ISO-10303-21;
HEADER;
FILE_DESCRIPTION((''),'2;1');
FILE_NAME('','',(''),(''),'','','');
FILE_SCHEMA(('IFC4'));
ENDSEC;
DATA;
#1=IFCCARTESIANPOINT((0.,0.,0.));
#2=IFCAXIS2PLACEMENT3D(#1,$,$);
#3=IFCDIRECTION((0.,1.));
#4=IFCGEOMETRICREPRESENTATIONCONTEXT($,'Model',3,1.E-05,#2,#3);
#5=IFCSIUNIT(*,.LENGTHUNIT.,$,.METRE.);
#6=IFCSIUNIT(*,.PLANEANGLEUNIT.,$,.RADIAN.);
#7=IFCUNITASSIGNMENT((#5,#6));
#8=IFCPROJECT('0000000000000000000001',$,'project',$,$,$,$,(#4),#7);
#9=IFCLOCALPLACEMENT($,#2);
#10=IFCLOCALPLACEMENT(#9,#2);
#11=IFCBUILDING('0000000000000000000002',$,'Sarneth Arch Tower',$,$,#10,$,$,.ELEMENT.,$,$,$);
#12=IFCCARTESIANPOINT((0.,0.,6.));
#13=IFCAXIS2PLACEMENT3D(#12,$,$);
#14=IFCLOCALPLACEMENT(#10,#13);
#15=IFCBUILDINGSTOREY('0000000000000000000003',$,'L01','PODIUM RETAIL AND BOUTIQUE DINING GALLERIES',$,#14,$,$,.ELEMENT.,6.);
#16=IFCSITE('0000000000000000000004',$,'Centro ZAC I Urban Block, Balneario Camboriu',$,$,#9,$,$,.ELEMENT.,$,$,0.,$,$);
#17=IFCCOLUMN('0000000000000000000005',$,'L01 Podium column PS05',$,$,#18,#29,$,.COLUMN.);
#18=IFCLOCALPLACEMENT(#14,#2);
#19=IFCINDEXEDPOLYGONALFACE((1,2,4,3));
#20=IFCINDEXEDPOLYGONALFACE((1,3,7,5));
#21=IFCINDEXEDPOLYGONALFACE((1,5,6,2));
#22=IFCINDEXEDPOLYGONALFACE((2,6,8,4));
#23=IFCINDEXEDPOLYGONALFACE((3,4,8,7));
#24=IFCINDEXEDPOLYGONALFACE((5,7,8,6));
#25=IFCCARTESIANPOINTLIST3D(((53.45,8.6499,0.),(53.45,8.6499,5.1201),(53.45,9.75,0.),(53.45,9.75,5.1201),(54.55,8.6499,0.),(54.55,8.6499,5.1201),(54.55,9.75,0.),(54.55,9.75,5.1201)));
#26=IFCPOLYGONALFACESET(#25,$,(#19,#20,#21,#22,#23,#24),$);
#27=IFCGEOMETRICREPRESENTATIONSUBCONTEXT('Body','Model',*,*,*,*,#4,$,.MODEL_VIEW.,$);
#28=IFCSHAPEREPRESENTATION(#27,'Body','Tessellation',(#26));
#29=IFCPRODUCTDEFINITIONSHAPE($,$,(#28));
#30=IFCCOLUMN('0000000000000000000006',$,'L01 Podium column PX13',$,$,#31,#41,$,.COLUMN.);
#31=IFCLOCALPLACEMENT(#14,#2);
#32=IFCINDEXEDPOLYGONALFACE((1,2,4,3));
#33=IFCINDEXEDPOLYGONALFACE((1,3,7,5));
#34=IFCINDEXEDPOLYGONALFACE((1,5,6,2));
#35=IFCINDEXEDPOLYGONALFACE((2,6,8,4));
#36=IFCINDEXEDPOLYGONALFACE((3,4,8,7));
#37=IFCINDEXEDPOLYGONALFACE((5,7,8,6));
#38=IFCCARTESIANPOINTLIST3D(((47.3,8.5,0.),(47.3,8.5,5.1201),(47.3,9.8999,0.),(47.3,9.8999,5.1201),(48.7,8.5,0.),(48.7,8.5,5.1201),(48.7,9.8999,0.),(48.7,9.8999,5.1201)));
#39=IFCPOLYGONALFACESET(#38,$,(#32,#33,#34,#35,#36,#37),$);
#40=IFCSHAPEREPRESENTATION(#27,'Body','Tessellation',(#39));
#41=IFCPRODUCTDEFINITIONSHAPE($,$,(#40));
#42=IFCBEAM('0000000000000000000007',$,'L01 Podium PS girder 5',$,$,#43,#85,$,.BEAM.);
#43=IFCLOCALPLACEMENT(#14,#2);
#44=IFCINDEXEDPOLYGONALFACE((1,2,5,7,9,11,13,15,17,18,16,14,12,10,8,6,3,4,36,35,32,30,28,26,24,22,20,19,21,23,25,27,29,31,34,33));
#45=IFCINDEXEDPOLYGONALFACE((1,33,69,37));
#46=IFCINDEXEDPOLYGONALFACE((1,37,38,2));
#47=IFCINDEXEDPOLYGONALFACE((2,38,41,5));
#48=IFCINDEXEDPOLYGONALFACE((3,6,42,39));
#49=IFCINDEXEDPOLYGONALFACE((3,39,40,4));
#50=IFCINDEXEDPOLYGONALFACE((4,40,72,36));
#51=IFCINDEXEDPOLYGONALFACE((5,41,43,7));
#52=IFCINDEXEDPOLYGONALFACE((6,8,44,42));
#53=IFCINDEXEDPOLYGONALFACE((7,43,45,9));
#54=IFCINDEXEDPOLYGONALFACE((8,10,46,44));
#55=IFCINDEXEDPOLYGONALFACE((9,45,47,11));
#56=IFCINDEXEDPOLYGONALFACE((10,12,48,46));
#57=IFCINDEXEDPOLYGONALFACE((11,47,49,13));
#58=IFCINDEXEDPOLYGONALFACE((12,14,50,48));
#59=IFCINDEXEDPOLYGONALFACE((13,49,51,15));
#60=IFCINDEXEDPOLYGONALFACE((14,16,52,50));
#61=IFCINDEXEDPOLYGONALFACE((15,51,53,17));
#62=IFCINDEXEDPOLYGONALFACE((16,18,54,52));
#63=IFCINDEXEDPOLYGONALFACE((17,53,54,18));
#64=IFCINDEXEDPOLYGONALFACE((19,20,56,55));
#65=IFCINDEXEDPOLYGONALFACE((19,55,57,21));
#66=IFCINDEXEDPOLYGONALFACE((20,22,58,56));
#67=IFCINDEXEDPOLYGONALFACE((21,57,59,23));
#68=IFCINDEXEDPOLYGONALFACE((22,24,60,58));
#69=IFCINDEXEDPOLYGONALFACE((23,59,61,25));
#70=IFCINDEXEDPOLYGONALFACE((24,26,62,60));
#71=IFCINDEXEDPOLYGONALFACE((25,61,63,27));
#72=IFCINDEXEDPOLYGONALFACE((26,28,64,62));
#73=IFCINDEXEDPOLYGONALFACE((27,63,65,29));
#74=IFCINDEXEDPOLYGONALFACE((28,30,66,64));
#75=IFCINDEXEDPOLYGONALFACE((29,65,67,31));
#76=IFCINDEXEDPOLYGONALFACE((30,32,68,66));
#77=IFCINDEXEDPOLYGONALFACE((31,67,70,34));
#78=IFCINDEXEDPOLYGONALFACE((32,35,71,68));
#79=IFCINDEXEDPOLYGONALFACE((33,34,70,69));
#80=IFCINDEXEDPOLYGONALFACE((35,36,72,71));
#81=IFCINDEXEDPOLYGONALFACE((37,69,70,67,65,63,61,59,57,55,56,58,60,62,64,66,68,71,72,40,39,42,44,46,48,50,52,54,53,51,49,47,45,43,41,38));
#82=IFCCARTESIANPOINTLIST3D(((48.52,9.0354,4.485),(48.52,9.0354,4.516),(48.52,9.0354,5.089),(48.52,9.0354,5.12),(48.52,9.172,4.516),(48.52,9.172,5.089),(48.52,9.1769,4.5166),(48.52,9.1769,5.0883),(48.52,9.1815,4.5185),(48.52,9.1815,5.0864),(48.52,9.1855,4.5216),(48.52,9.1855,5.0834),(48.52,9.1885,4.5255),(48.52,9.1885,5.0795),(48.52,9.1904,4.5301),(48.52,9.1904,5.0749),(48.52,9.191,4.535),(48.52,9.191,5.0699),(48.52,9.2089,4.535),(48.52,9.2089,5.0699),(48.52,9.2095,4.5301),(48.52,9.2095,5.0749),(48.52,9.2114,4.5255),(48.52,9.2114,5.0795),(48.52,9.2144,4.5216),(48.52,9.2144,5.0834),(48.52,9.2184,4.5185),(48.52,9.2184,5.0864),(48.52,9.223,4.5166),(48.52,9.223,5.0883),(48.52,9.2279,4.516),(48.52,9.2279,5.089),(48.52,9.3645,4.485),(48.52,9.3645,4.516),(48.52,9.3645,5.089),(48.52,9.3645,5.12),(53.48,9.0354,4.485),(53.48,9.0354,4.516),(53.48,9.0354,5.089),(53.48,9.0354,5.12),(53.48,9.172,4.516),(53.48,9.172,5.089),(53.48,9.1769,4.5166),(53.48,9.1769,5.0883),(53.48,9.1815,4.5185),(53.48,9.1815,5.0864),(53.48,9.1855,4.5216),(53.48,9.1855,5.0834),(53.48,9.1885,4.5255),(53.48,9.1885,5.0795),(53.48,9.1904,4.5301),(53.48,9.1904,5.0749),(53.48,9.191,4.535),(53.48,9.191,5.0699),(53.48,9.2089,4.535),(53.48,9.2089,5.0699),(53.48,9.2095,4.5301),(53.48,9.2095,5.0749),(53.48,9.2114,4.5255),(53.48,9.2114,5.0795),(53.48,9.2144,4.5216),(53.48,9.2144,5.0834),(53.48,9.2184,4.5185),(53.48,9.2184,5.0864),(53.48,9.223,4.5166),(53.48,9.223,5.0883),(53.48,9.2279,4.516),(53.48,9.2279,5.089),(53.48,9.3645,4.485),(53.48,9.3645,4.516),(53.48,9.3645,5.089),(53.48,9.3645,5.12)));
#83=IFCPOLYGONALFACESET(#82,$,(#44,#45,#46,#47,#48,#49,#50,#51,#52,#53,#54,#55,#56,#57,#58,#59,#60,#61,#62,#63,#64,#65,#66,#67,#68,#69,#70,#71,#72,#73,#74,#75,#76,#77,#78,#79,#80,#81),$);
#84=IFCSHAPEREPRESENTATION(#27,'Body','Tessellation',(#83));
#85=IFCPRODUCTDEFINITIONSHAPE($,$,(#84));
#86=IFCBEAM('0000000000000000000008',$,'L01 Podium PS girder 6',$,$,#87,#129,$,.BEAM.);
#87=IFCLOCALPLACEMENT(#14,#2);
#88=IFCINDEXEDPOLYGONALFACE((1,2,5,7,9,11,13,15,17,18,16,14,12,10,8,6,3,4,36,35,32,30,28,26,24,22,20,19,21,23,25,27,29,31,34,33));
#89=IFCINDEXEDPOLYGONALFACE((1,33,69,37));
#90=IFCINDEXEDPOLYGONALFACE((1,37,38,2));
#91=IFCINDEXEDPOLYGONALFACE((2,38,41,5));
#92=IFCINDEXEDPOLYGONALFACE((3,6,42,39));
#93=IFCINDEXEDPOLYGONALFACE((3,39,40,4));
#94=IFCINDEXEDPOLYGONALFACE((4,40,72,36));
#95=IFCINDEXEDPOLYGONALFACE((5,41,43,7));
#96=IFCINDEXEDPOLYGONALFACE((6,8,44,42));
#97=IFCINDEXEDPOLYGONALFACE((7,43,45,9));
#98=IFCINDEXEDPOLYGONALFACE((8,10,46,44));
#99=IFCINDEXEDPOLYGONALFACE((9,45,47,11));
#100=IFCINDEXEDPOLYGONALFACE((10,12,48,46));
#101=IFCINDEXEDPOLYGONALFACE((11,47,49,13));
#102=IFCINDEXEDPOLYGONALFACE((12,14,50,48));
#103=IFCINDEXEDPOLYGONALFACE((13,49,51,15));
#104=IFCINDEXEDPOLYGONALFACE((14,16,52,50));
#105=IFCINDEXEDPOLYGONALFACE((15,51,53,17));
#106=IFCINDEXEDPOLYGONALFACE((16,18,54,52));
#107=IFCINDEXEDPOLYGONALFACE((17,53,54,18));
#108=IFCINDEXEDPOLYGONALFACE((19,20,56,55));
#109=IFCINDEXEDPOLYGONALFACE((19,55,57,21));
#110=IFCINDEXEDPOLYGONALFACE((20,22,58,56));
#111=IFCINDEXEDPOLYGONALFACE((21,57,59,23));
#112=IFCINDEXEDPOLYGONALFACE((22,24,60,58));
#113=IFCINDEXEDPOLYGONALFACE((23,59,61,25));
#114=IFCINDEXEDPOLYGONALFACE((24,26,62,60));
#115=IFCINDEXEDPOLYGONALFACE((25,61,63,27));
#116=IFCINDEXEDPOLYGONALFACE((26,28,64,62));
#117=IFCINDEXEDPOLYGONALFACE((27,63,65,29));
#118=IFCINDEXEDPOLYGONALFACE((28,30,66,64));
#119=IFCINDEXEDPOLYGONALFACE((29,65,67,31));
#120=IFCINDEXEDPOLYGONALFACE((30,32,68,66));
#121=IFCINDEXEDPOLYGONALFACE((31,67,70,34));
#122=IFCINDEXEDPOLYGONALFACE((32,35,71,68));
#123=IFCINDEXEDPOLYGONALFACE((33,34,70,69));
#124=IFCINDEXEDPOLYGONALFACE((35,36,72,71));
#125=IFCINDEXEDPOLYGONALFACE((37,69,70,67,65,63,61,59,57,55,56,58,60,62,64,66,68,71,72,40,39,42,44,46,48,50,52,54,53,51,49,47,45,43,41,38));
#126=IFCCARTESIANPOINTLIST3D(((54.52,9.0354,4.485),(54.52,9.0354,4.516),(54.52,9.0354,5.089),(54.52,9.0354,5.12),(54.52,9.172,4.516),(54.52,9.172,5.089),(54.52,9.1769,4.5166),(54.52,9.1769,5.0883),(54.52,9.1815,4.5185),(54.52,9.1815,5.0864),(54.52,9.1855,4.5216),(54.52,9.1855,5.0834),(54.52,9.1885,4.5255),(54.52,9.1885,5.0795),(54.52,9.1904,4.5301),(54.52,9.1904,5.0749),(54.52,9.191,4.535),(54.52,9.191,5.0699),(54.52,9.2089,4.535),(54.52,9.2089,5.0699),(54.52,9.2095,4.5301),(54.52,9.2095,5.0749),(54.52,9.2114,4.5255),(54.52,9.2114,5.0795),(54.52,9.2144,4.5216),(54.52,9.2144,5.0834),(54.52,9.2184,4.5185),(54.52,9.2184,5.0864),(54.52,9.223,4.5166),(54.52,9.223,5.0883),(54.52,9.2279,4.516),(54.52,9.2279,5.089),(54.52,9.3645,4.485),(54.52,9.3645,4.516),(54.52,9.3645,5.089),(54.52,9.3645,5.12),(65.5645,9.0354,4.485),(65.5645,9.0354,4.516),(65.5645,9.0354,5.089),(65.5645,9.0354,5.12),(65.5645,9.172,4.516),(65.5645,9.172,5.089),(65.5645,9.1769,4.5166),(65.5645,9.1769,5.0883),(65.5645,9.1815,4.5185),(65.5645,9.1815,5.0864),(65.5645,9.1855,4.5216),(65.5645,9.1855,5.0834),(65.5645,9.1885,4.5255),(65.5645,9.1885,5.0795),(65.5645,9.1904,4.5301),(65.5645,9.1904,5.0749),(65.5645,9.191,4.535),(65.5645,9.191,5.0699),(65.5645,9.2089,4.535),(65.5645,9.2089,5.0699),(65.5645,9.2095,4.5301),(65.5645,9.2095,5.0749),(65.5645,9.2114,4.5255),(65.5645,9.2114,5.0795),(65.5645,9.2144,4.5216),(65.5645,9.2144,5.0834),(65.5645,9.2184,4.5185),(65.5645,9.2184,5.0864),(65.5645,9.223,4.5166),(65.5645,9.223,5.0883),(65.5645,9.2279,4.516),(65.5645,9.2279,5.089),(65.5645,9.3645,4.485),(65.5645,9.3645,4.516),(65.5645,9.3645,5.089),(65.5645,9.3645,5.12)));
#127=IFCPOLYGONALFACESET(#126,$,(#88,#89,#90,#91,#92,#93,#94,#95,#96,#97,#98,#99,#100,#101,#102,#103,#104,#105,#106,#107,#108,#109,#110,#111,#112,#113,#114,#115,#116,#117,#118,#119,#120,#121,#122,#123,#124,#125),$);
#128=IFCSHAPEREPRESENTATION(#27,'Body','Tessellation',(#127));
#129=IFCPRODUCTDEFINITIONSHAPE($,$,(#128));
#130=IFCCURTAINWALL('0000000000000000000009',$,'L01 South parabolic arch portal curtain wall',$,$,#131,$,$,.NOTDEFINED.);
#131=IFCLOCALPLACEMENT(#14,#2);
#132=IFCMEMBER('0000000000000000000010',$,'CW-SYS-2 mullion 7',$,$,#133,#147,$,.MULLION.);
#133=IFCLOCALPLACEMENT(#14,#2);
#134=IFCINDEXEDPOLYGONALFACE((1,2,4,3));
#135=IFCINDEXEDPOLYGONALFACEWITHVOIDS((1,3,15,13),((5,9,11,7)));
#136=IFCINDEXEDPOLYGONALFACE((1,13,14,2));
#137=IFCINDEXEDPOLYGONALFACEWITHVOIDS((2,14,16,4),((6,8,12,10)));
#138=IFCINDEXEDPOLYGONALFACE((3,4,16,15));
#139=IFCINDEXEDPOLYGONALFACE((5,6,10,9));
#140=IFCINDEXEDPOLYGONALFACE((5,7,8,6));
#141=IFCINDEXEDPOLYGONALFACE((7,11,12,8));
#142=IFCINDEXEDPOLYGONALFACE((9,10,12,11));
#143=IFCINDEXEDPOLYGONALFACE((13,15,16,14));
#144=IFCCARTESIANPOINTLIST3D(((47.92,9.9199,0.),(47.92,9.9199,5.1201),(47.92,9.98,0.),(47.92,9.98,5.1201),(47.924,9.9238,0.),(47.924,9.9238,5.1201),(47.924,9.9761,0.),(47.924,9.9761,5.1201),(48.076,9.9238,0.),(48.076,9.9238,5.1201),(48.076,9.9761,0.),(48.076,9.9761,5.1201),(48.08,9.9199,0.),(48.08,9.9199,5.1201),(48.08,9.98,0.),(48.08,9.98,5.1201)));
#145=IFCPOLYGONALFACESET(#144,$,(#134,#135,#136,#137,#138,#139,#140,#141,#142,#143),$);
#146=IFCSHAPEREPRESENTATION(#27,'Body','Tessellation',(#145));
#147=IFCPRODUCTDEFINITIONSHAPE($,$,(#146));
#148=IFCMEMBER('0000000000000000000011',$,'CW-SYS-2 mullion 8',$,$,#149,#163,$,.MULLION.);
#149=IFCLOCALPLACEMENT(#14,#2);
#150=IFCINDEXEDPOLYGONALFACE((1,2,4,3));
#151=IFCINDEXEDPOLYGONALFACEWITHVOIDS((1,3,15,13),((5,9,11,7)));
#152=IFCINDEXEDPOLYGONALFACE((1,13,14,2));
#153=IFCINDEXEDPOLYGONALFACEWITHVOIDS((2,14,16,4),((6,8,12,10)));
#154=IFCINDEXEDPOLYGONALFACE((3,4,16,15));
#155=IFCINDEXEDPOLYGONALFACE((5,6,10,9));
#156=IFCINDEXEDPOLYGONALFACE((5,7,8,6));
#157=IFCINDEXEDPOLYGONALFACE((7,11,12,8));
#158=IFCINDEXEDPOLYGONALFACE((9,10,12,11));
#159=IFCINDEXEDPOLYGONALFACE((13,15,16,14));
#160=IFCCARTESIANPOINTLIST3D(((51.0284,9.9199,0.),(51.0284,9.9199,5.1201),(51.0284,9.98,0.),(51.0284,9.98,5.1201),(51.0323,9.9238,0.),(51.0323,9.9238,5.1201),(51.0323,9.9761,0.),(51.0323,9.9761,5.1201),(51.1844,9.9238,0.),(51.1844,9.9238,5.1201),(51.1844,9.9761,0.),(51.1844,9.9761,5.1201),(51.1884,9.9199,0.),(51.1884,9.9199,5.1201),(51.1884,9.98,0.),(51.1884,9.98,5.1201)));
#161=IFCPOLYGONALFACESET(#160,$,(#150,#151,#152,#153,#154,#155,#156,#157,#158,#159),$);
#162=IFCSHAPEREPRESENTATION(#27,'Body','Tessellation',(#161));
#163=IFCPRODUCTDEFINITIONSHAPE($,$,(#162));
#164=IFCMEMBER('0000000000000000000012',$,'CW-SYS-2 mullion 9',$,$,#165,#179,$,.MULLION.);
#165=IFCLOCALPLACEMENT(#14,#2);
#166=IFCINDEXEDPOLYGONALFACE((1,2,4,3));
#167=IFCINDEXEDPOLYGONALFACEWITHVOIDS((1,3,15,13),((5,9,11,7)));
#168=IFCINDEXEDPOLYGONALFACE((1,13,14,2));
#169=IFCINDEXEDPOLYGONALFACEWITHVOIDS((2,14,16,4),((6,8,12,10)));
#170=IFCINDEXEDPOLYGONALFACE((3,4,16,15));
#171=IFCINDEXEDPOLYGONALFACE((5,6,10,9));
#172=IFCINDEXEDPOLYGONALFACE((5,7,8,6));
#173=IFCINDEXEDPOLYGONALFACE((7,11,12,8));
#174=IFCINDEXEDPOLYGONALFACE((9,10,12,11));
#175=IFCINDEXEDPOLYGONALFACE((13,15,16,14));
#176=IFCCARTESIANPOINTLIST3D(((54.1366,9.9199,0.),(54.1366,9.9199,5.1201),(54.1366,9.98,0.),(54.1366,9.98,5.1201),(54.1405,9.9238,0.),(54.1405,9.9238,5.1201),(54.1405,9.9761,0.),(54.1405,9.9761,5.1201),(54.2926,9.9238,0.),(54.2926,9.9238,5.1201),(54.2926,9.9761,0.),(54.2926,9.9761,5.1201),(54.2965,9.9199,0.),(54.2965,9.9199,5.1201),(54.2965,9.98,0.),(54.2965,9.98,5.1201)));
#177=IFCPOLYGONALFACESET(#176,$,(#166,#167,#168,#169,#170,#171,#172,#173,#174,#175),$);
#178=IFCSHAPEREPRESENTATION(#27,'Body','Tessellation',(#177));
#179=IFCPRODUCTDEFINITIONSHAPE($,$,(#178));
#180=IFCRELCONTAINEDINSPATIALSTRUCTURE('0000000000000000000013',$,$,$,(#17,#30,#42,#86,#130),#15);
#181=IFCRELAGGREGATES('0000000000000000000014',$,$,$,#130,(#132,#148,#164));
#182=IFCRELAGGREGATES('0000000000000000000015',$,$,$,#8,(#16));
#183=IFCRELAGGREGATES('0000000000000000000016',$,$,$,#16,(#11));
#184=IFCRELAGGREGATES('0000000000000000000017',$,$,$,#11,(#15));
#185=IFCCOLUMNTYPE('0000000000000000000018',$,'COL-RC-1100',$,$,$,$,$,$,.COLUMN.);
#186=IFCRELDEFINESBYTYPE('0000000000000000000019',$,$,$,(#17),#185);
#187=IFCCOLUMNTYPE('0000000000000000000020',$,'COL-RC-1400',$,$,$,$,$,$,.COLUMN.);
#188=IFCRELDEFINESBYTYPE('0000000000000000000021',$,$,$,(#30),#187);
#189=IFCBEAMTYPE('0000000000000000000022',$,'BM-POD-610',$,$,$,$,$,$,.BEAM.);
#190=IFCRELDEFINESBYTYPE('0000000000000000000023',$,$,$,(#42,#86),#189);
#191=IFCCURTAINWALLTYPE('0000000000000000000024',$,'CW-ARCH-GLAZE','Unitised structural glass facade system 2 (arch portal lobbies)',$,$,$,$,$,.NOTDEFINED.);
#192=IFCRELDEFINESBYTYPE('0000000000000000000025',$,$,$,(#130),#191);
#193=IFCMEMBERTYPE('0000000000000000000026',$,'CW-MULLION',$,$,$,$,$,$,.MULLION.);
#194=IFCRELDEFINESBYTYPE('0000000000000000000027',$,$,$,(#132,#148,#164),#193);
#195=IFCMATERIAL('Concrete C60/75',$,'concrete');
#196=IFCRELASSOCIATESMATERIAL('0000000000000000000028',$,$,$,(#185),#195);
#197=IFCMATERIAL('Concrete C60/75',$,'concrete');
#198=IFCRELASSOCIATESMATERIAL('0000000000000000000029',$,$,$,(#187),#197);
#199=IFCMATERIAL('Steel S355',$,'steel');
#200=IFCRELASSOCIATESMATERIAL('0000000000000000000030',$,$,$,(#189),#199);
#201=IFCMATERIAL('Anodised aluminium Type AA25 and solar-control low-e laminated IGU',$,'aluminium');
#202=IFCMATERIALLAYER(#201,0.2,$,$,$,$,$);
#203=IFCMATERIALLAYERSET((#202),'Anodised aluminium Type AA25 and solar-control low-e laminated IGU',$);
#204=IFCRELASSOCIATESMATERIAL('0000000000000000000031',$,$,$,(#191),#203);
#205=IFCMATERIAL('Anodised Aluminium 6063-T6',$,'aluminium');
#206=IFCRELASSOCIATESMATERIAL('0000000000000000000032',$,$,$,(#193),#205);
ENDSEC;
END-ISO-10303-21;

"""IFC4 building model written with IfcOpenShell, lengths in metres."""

from ifc_helpers import new_model, si_unit, direction, frame, origin, origin_2d, place, context, subcontext, project, spatial, rectangle, hollow_rectangle, i_section, extrude, material, layer, layer_set, material_profile, profile_set, type_object, element, aggregate, save


model = new_model("IFC4")

# Units and contexts
model_context = context("Model", 3, precision=1e-05, world=origin(), true_north=direction((0.0, 1.0)))
body_context = subcontext(model_context, "Body", "Model", "MODEL_VIEW")
ifc_project = project(units=[si_unit("LENGTHUNIT", "METRE"), si_unit("PLANEANGLEUNIT", "RADIAN")], contexts=[model_context])

# Site, building, storey
site_placement = place(None, origin())
site = spatial("IfcSite", under=ifc_project, at=site_placement, Name="Centro ZAC I Urban Block, Balneario Camboriu", CompositionType="ELEMENT", RefElevation=0.0)
building_placement = place(site_placement, origin())
building = spatial("IfcBuilding", under=site, at=building_placement, Name="Sarneth Arch Tower", CompositionType="ELEMENT")
storey_placement = place(building_placement, frame((0.0, 0.0, 6.0)))
storey = spatial("IfcBuildingStorey", under=building, at=storey_placement, Name="L01", Description="PODIUM RETAIL AND BOUTIQUE DINING GALLERIES", CompositionType="ELEMENT", Elevation=6.0)

# Columns
ifc_material_1 = material(Name="Concrete C60/75", Category="concrete")
ifc_material_profile_1 = material_profile(ifc_material_1, rectangle(XDim=1.1001, YDim=1.1001, at=origin_2d()), Name="RC-1100x1100")
ifc_profile_set_1 = profile_set([ifc_material_profile_1], Name="Concrete C60/75")
column_type_1 = type_object("IfcColumnType", Name="COL-RC-1100", PredefinedType="COLUMN", material=ifc_profile_set_1)
column_1_placement = place(storey_placement, frame((54.0, 9.2, 0.0), z_axis=(0.0, 0.0, 1.0), x_axis=(1.0, 0.0, 0.0)))
element("IfcColumn", 1, at=column_1_placement, inside=storey, type_object=column_type_1, Name="L01 Podium column PS05", PredefinedType="COLUMN", context=body_context, shape_type="SweptSolid", body=[
    extrude(rectangle(XDim=1.1001, YDim=1.1001, at=origin_2d()), origin(), (0.0, 0.0, 1.0), 5.1201),
])
ifc_material_2 = material(Name="Concrete C60/75", Category="concrete")
ifc_material_profile_2 = material_profile(ifc_material_2, rectangle(XDim=1.3999, YDim=1.3999, at=origin_2d()), Name="RC-1400x1400")
ifc_profile_set_2 = profile_set([ifc_material_profile_2], Name="Concrete C60/75")
column_type_2 = type_object("IfcColumnType", Name="COL-RC-1400", PredefinedType="COLUMN", material=ifc_profile_set_2)
column_2_placement = place(storey_placement, frame((48.0, 9.2, 0.0), z_axis=(0.0, 0.0, 1.0), x_axis=(1.0, 0.0, 0.0)))
element("IfcColumn", 2, at=column_2_placement, inside=storey, type_object=column_type_2, Name="L01 Podium column PX13", PredefinedType="COLUMN", context=body_context, shape_type="SweptSolid", body=[
    extrude(rectangle(XDim=1.3999, YDim=1.3999, at=origin_2d()), origin(), (0.0, 0.0, 1.0), 5.1201),
])

# Beams
ifc_material_3 = material(Name="Steel S355", Category="steel")
ifc_material_profile_3 = material_profile(ifc_material_3, i_section(OverallWidth=0.3291, OverallDepth=0.635, WebThickness=0.0178, FlangeThickness=0.031, FilletRadius=0.019, at=origin_2d()), Name="W610x241")
ifc_profile_set_3 = profile_set([ifc_material_profile_3], Name="Steel S355")
beam_type = type_object("IfcBeamType", Name="BM-POD-610", PredefinedType="BEAM", material=ifc_profile_set_3)
beam_1_placement = place(storey_placement, frame((48.52, 9.2, 4.8025), z_axis=(1.0, 0.0, 0.0), x_axis=(0.0, 1.0, 0.0)))
element("IfcBeam", 3, at=beam_1_placement, inside=storey, type_object=beam_type, Name="L01 Podium PS girder 5", PredefinedType="BEAM", context=body_context, shape_type="SweptSolid", body=[
    extrude(i_section(OverallWidth=0.3291, OverallDepth=0.635, WebThickness=0.0178, FlangeThickness=0.031, FilletRadius=0.019, at=origin_2d()), origin(), (0.0, 0.0, 1.0), 4.96),
])
beam_2_placement = place(storey_placement, frame((54.52, 9.2, 4.8025), z_axis=(1.0, 0.0, 0.0), x_axis=(0.0, 1.0, 0.0)))
element("IfcBeam", 4, at=beam_2_placement, inside=storey, type_object=beam_type, Name="L01 Podium PS girder 6", PredefinedType="BEAM", context=body_context, shape_type="SweptSolid", body=[
    extrude(i_section(OverallWidth=0.3291, OverallDepth=0.635, WebThickness=0.0178, FlangeThickness=0.031, FilletRadius=0.019, at=origin_2d()), origin(), (0.0, 0.0, 1.0), 11.0444),
])

# Curtain wall, members
ifc_material_4 = material(Name="Anodised aluminium Type AA25 and solar-control low-e laminated IGU", Category="aluminium")
ifc_layer_1 = layer(ifc_material_4, 0.2)
ifc_layer_set_1 = layer_set([ifc_layer_1], Name="Anodised aluminium Type AA25 and solar-control low-e laminated IGU")
curtain_wall_type = type_object("IfcCurtainWallType", Name="CW-ARCH-GLAZE", Description="Unitised structural glass facade system 2 (arch portal lobbies)", PredefinedType="NOTDEFINED", material=ifc_layer_set_1)
curtain_wall_placement = place(storey_placement, origin())
curtain_wall = element("IfcCurtainWall", 5, at=curtain_wall_placement, inside=storey, type_object=curtain_wall_type, Name="L01 South parabolic arch portal curtain wall", PredefinedType="NOTDEFINED")
ifc_material_5 = material(Name="Anodised Aluminium 6063-T6", Category="aluminium")
ifc_material_profile_4 = material_profile(ifc_material_5, hollow_rectangle(XDim=0.0601, YDim=0.1599, WallThickness=0.0039, at=origin_2d()), Name="AL-MULL-160x60x4")
ifc_profile_set_4 = profile_set([ifc_material_profile_4], Name="Anodised Aluminium 6063-T6")
member_type_1 = type_object("IfcMemberType", Name="CW-MULLION", PredefinedType="MULLION", material=ifc_profile_set_4)
member_1_placement = place(storey_placement, frame((48.0, 9.95, 0.0), z_axis=(0.0, 0.0, 1.0), x_axis=(0.0, 1.0, 0.0)))
member_1 = element("IfcMember", 6, at=member_1_placement, type_object=member_type_1, Name="CW-SYS-2 mullion 7", PredefinedType="MULLION", context=body_context, shape_type="SweptSolid", body=[
    extrude(hollow_rectangle(XDim=0.0601, YDim=0.1599, WallThickness=0.0039, at=origin_2d()), origin(), (0.0, 0.0, 1.0), 5.1201),
])
member_2_placement = place(storey_placement, frame((51.1084, 9.95, 0.0), z_axis=(0.0, 0.0, 1.0), x_axis=(0.0, 1.0, 0.0)))
member_2 = element("IfcMember", 7, at=member_2_placement, type_object=member_type_1, Name="CW-SYS-2 mullion 8", PredefinedType="MULLION", context=body_context, shape_type="SweptSolid", body=[
    extrude(hollow_rectangle(XDim=0.0601, YDim=0.1599, WallThickness=0.0039, at=origin_2d()), origin(), (0.0, 0.0, 1.0), 5.1201),
])
member_3_placement = place(storey_placement, frame((54.2166, 9.95, 0.0), z_axis=(0.0, 0.0, 1.0), x_axis=(0.0, 1.0, 0.0)))
member_3 = element("IfcMember", 8, at=member_3_placement, type_object=member_type_1, Name="CW-SYS-2 mullion 9", PredefinedType="MULLION", context=body_context, shape_type="SweptSolid", body=[
    extrude(hollow_rectangle(XDim=0.0601, YDim=0.1599, WallThickness=0.0039, at=origin_2d()), origin(), (0.0, 0.0, 1.0), 5.1201),
])

aggregate(curtain_wall, [member_1, member_2, member_3])

save(model, "model.ifc")
